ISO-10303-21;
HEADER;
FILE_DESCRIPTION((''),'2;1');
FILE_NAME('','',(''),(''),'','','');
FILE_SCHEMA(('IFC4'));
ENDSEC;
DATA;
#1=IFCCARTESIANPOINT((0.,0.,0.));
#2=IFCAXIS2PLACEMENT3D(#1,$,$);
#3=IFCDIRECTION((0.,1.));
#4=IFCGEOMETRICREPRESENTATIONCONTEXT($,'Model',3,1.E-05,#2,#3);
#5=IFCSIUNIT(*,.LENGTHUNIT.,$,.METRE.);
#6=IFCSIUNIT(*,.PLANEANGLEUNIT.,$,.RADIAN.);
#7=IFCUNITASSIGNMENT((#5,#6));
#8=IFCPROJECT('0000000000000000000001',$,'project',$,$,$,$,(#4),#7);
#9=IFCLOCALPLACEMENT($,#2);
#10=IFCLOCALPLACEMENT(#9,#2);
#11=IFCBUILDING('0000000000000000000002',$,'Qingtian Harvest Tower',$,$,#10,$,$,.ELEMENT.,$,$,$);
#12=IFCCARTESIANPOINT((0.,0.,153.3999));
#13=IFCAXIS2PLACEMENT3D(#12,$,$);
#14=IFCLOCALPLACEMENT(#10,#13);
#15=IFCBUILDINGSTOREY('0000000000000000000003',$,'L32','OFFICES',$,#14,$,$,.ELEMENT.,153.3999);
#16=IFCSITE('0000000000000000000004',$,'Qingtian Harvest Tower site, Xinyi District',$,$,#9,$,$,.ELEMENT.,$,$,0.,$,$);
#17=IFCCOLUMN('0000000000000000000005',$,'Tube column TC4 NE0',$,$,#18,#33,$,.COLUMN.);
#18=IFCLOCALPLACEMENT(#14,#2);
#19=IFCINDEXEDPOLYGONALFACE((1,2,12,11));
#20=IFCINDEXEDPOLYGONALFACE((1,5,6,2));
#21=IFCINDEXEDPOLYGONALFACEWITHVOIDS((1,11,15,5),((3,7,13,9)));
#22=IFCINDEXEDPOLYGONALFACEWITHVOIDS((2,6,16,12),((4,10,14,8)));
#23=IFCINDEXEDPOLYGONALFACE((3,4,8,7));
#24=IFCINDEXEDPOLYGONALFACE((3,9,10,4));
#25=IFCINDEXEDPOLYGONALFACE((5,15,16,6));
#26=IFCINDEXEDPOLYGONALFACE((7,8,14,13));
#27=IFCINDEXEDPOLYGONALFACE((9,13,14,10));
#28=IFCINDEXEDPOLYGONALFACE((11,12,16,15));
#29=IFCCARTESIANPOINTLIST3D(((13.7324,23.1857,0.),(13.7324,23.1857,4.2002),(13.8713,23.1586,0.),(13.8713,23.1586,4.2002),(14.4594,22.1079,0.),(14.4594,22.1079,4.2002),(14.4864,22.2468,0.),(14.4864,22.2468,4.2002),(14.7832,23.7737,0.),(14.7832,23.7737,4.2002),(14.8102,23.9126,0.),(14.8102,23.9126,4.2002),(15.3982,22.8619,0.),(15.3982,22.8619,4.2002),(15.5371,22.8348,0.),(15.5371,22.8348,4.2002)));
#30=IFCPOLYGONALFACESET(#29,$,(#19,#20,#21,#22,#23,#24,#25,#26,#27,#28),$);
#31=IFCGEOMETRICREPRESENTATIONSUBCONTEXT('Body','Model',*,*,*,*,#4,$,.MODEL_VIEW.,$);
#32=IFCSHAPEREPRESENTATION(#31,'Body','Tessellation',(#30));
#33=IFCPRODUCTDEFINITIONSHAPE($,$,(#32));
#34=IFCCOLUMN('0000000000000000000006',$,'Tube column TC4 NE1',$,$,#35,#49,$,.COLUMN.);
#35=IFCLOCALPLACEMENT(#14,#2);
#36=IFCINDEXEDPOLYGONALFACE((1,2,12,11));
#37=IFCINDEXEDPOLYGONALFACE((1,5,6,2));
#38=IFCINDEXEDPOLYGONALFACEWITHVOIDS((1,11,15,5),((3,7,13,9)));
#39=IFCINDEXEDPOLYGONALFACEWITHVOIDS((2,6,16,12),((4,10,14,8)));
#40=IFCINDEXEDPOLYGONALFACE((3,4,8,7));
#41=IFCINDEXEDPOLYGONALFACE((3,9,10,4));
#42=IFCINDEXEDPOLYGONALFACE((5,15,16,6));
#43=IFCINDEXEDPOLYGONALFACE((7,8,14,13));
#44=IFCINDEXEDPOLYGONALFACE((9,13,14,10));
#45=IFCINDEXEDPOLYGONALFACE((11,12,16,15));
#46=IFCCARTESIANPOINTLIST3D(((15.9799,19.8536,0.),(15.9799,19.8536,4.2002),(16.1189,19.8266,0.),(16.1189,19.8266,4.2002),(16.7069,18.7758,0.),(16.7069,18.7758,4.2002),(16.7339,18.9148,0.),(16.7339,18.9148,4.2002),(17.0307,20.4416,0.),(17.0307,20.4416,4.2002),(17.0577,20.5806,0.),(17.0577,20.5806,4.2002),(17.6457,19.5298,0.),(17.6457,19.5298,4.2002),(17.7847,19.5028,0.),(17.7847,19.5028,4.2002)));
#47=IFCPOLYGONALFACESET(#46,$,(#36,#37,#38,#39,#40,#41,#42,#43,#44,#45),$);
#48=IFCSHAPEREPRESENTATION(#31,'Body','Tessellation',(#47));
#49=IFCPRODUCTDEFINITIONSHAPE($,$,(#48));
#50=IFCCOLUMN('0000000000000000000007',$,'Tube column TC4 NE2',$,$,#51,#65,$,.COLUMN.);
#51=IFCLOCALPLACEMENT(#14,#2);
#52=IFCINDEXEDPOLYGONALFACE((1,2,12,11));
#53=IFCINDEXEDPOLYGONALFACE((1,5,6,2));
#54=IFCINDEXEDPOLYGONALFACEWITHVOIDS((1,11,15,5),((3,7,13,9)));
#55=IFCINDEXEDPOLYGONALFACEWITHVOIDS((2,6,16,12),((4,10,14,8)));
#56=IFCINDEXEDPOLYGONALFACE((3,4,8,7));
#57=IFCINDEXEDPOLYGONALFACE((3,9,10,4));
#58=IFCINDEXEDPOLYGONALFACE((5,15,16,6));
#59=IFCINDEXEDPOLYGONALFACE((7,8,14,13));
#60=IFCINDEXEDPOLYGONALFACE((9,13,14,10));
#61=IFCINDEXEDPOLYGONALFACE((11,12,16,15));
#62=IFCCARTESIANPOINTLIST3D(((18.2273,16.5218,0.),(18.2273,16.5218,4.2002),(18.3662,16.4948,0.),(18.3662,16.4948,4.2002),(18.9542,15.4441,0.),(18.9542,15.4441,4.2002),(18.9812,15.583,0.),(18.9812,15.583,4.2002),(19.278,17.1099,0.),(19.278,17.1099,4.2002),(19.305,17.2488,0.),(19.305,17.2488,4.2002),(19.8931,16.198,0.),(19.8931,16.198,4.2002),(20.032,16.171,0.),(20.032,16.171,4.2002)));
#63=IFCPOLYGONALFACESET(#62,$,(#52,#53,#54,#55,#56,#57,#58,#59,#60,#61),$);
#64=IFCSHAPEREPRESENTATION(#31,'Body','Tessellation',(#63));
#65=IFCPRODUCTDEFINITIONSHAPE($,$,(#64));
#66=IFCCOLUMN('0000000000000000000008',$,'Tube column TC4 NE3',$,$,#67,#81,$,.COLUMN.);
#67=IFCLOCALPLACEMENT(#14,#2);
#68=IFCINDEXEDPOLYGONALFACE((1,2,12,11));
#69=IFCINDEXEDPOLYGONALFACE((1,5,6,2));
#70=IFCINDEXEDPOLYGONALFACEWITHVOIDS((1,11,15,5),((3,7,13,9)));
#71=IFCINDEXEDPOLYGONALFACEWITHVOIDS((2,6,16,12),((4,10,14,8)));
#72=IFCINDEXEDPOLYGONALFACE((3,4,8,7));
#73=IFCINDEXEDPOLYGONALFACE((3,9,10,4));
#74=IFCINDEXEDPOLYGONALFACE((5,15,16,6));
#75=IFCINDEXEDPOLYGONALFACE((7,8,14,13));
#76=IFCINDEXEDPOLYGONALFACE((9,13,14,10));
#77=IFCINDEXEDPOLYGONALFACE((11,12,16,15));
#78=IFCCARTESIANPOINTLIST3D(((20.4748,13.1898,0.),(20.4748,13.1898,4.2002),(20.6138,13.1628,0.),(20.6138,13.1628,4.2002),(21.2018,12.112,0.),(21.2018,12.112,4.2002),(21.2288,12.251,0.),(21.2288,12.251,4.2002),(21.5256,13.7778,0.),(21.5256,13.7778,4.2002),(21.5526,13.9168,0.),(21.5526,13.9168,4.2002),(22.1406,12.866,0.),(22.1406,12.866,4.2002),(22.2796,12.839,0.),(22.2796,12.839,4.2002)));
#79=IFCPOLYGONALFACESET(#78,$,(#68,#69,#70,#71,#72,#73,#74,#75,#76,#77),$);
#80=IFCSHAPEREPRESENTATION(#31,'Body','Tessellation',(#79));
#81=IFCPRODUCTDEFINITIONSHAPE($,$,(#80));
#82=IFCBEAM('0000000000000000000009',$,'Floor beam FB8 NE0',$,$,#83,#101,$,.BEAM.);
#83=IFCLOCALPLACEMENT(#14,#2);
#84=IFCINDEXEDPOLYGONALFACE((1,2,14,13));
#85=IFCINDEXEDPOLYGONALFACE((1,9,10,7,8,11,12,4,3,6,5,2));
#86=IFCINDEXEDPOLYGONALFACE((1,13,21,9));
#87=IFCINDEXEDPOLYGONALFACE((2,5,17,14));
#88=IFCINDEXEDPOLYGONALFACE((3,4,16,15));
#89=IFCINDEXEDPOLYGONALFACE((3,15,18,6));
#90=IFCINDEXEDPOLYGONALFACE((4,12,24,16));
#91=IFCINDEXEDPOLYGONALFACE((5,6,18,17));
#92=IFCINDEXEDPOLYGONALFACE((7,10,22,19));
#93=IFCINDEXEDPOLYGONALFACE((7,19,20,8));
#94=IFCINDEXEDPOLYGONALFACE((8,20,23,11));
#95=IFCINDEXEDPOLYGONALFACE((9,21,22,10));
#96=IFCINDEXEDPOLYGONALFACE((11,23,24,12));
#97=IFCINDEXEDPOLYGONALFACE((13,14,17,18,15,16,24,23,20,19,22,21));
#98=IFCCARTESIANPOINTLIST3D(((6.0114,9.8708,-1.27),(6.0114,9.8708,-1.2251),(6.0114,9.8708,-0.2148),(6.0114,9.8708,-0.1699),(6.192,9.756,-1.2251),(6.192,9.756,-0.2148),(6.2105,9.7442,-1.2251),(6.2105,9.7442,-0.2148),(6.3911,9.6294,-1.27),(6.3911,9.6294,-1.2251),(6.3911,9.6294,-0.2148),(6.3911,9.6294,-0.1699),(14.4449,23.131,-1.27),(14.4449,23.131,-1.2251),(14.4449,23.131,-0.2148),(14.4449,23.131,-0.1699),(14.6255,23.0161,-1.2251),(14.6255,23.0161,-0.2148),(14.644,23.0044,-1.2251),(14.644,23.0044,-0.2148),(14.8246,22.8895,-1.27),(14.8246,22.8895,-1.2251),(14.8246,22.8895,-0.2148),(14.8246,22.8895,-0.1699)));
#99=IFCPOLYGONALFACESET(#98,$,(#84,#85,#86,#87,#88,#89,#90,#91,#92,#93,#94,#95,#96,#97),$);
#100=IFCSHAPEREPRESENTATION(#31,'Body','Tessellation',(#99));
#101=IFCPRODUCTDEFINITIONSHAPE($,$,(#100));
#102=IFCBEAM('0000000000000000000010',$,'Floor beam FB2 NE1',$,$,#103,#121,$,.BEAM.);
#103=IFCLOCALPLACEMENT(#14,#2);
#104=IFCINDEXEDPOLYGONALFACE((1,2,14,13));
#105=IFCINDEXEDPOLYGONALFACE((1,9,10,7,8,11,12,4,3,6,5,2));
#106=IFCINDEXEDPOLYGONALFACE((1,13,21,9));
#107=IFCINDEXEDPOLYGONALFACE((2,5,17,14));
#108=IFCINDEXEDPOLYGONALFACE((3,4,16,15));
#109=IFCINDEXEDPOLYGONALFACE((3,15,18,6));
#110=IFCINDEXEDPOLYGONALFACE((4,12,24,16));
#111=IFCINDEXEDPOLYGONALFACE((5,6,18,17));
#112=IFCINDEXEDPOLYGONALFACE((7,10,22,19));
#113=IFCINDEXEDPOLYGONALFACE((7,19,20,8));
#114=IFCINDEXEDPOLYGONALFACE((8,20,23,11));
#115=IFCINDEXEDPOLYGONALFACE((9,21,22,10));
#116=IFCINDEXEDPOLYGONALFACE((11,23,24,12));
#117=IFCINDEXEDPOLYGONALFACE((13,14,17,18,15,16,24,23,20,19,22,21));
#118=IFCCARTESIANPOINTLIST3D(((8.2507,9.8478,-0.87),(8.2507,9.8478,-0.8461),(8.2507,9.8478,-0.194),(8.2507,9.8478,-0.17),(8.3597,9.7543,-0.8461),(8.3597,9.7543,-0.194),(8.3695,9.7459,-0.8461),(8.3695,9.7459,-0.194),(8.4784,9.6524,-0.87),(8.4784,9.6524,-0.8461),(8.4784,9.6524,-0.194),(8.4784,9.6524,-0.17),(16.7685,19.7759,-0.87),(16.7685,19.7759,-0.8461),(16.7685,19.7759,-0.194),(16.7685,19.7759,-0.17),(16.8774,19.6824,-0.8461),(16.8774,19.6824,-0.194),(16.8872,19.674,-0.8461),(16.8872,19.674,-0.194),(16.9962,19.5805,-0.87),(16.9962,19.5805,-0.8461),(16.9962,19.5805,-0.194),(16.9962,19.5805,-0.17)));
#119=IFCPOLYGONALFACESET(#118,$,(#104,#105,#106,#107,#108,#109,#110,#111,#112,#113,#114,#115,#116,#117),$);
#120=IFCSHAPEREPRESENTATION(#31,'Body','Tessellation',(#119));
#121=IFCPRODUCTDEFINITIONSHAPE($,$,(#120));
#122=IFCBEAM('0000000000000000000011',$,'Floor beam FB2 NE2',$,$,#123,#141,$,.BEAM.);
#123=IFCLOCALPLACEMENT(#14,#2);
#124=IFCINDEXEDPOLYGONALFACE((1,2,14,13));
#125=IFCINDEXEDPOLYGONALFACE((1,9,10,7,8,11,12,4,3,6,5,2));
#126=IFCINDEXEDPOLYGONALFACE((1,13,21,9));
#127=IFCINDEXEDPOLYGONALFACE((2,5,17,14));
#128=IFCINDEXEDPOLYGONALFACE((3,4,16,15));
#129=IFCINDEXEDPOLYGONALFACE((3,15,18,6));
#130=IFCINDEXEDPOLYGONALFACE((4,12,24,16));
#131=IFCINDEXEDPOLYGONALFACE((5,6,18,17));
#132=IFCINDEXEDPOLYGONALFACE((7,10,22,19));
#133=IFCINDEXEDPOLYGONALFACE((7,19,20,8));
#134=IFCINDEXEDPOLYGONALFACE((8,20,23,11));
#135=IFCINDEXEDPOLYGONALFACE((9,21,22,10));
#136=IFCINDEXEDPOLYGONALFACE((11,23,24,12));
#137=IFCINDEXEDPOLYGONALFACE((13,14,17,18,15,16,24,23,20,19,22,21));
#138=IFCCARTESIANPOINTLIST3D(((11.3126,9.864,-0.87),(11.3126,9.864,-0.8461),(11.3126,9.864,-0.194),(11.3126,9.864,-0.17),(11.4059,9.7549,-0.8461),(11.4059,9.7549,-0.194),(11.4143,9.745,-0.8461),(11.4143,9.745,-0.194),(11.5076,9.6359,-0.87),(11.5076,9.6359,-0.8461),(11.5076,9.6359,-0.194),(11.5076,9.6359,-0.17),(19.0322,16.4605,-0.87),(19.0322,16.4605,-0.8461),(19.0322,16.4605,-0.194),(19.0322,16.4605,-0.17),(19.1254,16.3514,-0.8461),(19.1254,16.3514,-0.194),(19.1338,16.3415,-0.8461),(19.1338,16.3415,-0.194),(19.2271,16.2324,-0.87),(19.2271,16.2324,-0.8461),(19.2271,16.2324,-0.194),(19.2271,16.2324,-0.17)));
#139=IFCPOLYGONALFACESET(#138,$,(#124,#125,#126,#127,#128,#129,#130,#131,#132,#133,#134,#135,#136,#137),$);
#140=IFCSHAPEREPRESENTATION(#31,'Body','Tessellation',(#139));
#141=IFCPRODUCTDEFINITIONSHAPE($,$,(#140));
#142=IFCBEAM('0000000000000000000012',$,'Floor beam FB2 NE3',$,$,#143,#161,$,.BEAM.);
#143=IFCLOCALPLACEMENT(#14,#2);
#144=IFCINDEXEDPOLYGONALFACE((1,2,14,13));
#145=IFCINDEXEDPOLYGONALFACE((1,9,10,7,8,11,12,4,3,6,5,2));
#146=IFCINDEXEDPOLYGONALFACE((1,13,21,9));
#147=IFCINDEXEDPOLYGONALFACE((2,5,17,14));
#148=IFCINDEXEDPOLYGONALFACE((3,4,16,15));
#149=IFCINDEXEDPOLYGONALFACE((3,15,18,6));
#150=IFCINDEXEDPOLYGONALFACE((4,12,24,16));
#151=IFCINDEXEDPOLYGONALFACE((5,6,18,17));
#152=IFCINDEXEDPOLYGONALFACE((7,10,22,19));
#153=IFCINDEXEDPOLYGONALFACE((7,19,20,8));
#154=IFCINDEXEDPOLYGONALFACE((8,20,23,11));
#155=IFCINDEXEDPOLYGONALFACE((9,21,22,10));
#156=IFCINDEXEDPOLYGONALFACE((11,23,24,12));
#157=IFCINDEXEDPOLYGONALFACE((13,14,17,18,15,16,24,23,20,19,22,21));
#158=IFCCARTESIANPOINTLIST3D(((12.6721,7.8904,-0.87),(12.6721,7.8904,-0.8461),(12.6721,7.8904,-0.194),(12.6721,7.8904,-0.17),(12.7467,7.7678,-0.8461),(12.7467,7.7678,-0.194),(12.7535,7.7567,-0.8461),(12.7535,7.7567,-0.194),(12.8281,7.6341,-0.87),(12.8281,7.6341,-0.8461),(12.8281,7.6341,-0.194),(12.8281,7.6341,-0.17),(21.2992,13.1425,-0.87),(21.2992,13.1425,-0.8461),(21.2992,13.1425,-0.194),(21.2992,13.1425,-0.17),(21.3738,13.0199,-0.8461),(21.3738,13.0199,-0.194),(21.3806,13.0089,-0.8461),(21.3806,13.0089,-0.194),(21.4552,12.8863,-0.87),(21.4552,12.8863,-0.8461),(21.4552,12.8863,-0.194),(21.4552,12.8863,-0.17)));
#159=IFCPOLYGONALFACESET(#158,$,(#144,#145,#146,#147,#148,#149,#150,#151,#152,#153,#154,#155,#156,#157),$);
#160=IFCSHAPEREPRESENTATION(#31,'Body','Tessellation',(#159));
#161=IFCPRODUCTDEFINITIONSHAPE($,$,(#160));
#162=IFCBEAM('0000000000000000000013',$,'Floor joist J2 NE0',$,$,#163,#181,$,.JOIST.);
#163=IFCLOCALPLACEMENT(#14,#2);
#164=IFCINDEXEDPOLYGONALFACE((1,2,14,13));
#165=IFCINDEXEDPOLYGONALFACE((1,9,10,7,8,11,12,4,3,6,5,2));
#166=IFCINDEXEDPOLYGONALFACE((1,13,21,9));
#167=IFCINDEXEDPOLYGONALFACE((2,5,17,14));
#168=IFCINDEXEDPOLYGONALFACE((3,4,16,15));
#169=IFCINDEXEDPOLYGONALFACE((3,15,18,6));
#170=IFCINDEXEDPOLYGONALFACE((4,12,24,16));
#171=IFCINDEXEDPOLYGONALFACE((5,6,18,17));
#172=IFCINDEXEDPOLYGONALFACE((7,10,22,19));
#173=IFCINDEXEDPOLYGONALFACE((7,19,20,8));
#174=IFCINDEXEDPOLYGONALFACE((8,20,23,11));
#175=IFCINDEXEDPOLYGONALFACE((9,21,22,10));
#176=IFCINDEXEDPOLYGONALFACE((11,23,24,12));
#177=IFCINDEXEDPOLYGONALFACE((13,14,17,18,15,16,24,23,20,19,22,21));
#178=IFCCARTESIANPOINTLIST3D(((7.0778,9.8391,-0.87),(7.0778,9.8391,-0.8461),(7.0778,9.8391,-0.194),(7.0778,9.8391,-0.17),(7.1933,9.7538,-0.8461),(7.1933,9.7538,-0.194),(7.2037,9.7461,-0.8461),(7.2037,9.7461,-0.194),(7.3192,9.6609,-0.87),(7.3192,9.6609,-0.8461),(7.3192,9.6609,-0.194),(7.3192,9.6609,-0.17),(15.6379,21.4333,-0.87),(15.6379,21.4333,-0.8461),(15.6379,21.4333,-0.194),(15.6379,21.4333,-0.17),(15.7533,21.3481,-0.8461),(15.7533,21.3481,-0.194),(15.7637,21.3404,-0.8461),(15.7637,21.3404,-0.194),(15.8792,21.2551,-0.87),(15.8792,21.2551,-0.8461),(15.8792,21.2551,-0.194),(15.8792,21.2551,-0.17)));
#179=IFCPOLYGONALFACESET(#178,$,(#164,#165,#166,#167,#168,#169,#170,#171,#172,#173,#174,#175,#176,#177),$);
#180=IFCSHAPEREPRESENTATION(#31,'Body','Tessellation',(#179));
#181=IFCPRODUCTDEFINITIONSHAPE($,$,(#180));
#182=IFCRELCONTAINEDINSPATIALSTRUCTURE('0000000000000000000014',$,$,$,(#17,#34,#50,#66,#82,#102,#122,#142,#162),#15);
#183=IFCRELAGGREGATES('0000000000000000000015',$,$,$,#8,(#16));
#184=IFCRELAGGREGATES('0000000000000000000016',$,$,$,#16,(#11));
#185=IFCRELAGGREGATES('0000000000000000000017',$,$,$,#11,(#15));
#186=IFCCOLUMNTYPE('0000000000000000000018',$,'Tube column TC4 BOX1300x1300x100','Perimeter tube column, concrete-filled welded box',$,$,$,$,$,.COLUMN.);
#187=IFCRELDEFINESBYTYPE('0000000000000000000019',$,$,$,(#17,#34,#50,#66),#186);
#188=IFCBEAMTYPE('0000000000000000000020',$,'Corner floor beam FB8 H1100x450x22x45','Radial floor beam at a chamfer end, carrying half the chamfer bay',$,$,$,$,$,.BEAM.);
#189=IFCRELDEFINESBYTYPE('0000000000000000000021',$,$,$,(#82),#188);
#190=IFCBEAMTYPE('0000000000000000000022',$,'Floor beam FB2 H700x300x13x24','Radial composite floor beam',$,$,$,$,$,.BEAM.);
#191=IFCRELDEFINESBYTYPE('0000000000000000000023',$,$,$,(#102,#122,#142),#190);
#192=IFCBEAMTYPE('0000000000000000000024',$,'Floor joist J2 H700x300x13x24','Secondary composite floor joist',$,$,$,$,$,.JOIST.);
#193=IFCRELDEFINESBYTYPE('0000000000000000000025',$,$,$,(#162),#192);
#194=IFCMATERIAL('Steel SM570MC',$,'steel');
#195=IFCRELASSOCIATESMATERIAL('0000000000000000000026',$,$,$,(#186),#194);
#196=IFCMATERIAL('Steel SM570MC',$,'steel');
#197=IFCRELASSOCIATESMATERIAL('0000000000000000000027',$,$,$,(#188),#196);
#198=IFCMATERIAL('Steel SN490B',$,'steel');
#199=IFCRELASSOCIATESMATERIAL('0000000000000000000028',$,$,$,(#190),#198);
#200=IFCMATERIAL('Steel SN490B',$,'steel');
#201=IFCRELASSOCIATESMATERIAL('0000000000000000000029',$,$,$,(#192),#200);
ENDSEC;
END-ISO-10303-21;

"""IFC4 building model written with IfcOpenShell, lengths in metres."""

from ifc_helpers import new_model, si_unit, direction, frame, origin, origin_2d, place, context, subcontext, project, spatial, hollow_rectangle, i_section, extrude, material, material_profile, profile_set, type_object, element, save


model = new_model("IFC4")

# Units and contexts
model_context = context("Model", 3, precision=1e-05, world=origin(), true_north=direction((0.0, 1.0)))
body_context = subcontext(model_context, "Body", "Model", "MODEL_VIEW")
ifc_project = project(units=[si_unit("LENGTHUNIT", "METRE"), si_unit("PLANEANGLEUNIT", "RADIAN")], contexts=[model_context])

# Site, building, storey
site_placement = place(None, origin())
site = spatial("IfcSite", under=ifc_project, at=site_placement, Name="Qingtian Harvest Tower site, Xinyi District", CompositionType="ELEMENT", RefElevation=0.0)
building_placement = place(site_placement, origin())
building = spatial("IfcBuilding", under=site, at=building_placement, Name="Qingtian Harvest Tower", CompositionType="ELEMENT")
storey_placement = place(building_placement, frame((0.0, 0.0, 153.3999)))
storey = spatial("IfcBuildingStorey", under=building, at=storey_placement, Name="L32", Description="OFFICES", CompositionType="ELEMENT", Elevation=153.3999)

# Columns
ifc_material_1 = material(Name="Steel SM570MC", Category="steel")
ifc_material_profile_1 = material_profile(ifc_material_1, hollow_rectangle(XDim=1.3, YDim=1.3, WallThickness=0.1001, at=origin_2d()), Name="BOX1300x1300x100")
ifc_profile_set_1 = profile_set([ifc_material_profile_1], Name="Steel SM570MC")
column_type = type_object("IfcColumnType", Name="Tube column TC4 BOX1300x1300x100", Description="Perimeter tube column, concrete-filled welded box", PredefinedType="COLUMN", material=ifc_profile_set_1)
for number, where, z_axis, x_axis, name in (
    (1, (14.6348, 23.0103, 0.0), (0.0, 0.0, 1.0), (-0.559193, 0.829038, 0.0), "Tube column TC4 NE0"),
    (2, (16.8823, 19.6782, 0.0), (0.0, 0.0, 1.0), (-0.559193, 0.829038, 0.0), "Tube column TC4 NE1"),
    (3, (19.1296, 16.3464, 0.0), (0.0, 0.0, 1.0), (-0.559193, 0.829038, 0.0), "Tube column TC4 NE2"),
    (4, (21.3772, 13.0144, 0.0), (0.0, 0.0, 1.0), (-0.559193, 0.829038, 0.0), "Tube column TC4 NE3"),
):
    element("IfcColumn", number, at=place(storey_placement, frame(where, z_axis=z_axis, x_axis=x_axis)), inside=storey, type_object=column_type, Name=name, PredefinedType="COLUMN", context=body_context, shape_type="SweptSolid", body=[
        extrude(hollow_rectangle(XDim=1.3, YDim=1.3, WallThickness=0.1001, at=origin_2d()), origin(), (0.0, 0.0, 1.0), 4.2002),
    ])

# Beams
ifc_material_2 = material(Name="Steel SM570MC", Category="steel")
ifc_material_profile_2 = material_profile(ifc_material_2, i_section(OverallWidth=0.45, OverallDepth=1.1001, WebThickness=0.022, FlangeThickness=0.0449, at=origin_2d()), Name="H1100x450x22x45")
ifc_profile_set_2 = profile_set([ifc_material_profile_2], Name="Steel SM570MC")
beam_type_1 = type_object("IfcBeamType", Name="Corner floor beam FB8 H1100x450x22x45", Description="Radial floor beam at a chamfer end, carrying half the chamfer bay", PredefinedType="BEAM", material=ifc_profile_set_2)
beam_1_placement = place(storey_placement, frame((14.6348, 23.0103, -0.72), z_axis=(-0.53666, -0.843798, 0.0), x_axis=(0.843798, -0.53666, 0.0)))
element("IfcBeam", 5, at=beam_1_placement, inside=storey, type_object=beam_type_1, Name="Floor beam FB8 NE0", PredefinedType="BEAM", context=body_context, shape_type="SweptSolid", body=[
    extrude(i_section(OverallWidth=0.45, OverallDepth=1.1001, WebThickness=0.022, FlangeThickness=0.0449, at=origin_2d()), origin(), (0.0, 0.0, 1.0), 15.7148),
])
ifc_material_3 = material(Name="Steel SN490B", Category="steel")
ifc_material_profile_3 = material_profile(ifc_material_3, i_section(OverallWidth=0.3, OverallDepth=0.7, WebThickness=0.0129, FlangeThickness=0.0239, at=origin_2d()), Name="H700x300x13x24")
ifc_profile_set_3 = profile_set([ifc_material_profile_3], Name="Steel SN490B")
beam_type_2 = type_object("IfcBeamType", Name="Floor beam FB2 H700x300x13x24", Description="Radial composite floor beam", PredefinedType="BEAM", material=ifc_profile_set_3)
beam_2_placement = place(storey_placement, frame((16.8823, 19.6782, -0.52), z_axis=(-0.65114, -0.758957, 0.0), x_axis=(0.758957, -0.65114, 0.0)))
element("IfcBeam", 6, at=beam_2_placement, inside=storey, type_object=beam_type_2, Name="Floor beam FB2 NE1", PredefinedType="BEAM", context=body_context, shape_type="SweptSolid", body=[
    extrude(i_section(OverallWidth=0.3, OverallDepth=0.7, WebThickness=0.0129, FlangeThickness=0.0239, at=origin_2d()), origin(), (0.0, 0.0, 1.0), 13.0813),
])
beam_3_placement = place(storey_placement, frame((19.1296, 16.3464, -0.52), z_axis=(-0.760242, -0.64964, 0.0), x_axis=(0.64964, -0.760242, 0.0)))
element("IfcBeam", 7, at=beam_3_placement, inside=storey, type_object=beam_type_2, Name="Floor beam FB2 NE2", PredefinedType="BEAM", context=body_context, shape_type="SweptSolid", body=[
    extrude(i_section(OverallWidth=0.3, OverallDepth=0.7, WebThickness=0.0129, FlangeThickness=0.0239, at=origin_2d()), origin(), (0.0, 0.0, 1.0), 10.1541),
])
beam_4_placement = place(storey_placement, frame((21.3772, 13.0144, -0.52), z_axis=(-0.854161, -0.520009, 0.0), x_axis=(0.520009, -0.854161, 0.0)))
element("IfcBeam", 8, at=beam_4_placement, inside=storey, type_object=beam_type_2, Name="Floor beam FB2 NE3", PredefinedType="BEAM", context=body_context, shape_type="SweptSolid", body=[
    extrude(i_section(OverallWidth=0.3, OverallDepth=0.7, WebThickness=0.0129, FlangeThickness=0.0239, at=origin_2d()), origin(), (0.0, 0.0, 1.0), 10.1001),
])
ifc_material_4 = material(Name="Steel SN490B", Category="steel")
ifc_material_profile_4 = material_profile(ifc_material_4, i_section(OverallWidth=0.3, OverallDepth=0.7, WebThickness=0.0129, FlangeThickness=0.0239, at=origin_2d()), Name="H700x300x13x24")
ifc_profile_set_4 = profile_set([ifc_material_profile_4], Name="Steel SN490B")
beam_type_3 = type_object("IfcBeamType", Name="Floor joist J2 H700x300x13x24", Description="Secondary composite floor joist", PredefinedType="JOIST", material=ifc_profile_set_4)
beam_5_placement = place(storey_placement, frame((15.7585, 21.3442, -0.52), z_axis=(-0.59396, -0.804494, 0.0), x_axis=(0.804494, -0.59396, 0.0)))
element("IfcBeam", 9, at=beam_5_placement, inside=storey, type_object=beam_type_3, Name="Floor joist J2 NE0", PredefinedType="JOIST", context=body_context, shape_type="SweptSolid", body=[
    extrude(i_section(OverallWidth=0.3, OverallDepth=0.7, WebThickness=0.0129, FlangeThickness=0.0239, at=origin_2d()), origin(), (0.0, 0.0, 1.0), 14.4119),
])

save(model, "model.ifc")
